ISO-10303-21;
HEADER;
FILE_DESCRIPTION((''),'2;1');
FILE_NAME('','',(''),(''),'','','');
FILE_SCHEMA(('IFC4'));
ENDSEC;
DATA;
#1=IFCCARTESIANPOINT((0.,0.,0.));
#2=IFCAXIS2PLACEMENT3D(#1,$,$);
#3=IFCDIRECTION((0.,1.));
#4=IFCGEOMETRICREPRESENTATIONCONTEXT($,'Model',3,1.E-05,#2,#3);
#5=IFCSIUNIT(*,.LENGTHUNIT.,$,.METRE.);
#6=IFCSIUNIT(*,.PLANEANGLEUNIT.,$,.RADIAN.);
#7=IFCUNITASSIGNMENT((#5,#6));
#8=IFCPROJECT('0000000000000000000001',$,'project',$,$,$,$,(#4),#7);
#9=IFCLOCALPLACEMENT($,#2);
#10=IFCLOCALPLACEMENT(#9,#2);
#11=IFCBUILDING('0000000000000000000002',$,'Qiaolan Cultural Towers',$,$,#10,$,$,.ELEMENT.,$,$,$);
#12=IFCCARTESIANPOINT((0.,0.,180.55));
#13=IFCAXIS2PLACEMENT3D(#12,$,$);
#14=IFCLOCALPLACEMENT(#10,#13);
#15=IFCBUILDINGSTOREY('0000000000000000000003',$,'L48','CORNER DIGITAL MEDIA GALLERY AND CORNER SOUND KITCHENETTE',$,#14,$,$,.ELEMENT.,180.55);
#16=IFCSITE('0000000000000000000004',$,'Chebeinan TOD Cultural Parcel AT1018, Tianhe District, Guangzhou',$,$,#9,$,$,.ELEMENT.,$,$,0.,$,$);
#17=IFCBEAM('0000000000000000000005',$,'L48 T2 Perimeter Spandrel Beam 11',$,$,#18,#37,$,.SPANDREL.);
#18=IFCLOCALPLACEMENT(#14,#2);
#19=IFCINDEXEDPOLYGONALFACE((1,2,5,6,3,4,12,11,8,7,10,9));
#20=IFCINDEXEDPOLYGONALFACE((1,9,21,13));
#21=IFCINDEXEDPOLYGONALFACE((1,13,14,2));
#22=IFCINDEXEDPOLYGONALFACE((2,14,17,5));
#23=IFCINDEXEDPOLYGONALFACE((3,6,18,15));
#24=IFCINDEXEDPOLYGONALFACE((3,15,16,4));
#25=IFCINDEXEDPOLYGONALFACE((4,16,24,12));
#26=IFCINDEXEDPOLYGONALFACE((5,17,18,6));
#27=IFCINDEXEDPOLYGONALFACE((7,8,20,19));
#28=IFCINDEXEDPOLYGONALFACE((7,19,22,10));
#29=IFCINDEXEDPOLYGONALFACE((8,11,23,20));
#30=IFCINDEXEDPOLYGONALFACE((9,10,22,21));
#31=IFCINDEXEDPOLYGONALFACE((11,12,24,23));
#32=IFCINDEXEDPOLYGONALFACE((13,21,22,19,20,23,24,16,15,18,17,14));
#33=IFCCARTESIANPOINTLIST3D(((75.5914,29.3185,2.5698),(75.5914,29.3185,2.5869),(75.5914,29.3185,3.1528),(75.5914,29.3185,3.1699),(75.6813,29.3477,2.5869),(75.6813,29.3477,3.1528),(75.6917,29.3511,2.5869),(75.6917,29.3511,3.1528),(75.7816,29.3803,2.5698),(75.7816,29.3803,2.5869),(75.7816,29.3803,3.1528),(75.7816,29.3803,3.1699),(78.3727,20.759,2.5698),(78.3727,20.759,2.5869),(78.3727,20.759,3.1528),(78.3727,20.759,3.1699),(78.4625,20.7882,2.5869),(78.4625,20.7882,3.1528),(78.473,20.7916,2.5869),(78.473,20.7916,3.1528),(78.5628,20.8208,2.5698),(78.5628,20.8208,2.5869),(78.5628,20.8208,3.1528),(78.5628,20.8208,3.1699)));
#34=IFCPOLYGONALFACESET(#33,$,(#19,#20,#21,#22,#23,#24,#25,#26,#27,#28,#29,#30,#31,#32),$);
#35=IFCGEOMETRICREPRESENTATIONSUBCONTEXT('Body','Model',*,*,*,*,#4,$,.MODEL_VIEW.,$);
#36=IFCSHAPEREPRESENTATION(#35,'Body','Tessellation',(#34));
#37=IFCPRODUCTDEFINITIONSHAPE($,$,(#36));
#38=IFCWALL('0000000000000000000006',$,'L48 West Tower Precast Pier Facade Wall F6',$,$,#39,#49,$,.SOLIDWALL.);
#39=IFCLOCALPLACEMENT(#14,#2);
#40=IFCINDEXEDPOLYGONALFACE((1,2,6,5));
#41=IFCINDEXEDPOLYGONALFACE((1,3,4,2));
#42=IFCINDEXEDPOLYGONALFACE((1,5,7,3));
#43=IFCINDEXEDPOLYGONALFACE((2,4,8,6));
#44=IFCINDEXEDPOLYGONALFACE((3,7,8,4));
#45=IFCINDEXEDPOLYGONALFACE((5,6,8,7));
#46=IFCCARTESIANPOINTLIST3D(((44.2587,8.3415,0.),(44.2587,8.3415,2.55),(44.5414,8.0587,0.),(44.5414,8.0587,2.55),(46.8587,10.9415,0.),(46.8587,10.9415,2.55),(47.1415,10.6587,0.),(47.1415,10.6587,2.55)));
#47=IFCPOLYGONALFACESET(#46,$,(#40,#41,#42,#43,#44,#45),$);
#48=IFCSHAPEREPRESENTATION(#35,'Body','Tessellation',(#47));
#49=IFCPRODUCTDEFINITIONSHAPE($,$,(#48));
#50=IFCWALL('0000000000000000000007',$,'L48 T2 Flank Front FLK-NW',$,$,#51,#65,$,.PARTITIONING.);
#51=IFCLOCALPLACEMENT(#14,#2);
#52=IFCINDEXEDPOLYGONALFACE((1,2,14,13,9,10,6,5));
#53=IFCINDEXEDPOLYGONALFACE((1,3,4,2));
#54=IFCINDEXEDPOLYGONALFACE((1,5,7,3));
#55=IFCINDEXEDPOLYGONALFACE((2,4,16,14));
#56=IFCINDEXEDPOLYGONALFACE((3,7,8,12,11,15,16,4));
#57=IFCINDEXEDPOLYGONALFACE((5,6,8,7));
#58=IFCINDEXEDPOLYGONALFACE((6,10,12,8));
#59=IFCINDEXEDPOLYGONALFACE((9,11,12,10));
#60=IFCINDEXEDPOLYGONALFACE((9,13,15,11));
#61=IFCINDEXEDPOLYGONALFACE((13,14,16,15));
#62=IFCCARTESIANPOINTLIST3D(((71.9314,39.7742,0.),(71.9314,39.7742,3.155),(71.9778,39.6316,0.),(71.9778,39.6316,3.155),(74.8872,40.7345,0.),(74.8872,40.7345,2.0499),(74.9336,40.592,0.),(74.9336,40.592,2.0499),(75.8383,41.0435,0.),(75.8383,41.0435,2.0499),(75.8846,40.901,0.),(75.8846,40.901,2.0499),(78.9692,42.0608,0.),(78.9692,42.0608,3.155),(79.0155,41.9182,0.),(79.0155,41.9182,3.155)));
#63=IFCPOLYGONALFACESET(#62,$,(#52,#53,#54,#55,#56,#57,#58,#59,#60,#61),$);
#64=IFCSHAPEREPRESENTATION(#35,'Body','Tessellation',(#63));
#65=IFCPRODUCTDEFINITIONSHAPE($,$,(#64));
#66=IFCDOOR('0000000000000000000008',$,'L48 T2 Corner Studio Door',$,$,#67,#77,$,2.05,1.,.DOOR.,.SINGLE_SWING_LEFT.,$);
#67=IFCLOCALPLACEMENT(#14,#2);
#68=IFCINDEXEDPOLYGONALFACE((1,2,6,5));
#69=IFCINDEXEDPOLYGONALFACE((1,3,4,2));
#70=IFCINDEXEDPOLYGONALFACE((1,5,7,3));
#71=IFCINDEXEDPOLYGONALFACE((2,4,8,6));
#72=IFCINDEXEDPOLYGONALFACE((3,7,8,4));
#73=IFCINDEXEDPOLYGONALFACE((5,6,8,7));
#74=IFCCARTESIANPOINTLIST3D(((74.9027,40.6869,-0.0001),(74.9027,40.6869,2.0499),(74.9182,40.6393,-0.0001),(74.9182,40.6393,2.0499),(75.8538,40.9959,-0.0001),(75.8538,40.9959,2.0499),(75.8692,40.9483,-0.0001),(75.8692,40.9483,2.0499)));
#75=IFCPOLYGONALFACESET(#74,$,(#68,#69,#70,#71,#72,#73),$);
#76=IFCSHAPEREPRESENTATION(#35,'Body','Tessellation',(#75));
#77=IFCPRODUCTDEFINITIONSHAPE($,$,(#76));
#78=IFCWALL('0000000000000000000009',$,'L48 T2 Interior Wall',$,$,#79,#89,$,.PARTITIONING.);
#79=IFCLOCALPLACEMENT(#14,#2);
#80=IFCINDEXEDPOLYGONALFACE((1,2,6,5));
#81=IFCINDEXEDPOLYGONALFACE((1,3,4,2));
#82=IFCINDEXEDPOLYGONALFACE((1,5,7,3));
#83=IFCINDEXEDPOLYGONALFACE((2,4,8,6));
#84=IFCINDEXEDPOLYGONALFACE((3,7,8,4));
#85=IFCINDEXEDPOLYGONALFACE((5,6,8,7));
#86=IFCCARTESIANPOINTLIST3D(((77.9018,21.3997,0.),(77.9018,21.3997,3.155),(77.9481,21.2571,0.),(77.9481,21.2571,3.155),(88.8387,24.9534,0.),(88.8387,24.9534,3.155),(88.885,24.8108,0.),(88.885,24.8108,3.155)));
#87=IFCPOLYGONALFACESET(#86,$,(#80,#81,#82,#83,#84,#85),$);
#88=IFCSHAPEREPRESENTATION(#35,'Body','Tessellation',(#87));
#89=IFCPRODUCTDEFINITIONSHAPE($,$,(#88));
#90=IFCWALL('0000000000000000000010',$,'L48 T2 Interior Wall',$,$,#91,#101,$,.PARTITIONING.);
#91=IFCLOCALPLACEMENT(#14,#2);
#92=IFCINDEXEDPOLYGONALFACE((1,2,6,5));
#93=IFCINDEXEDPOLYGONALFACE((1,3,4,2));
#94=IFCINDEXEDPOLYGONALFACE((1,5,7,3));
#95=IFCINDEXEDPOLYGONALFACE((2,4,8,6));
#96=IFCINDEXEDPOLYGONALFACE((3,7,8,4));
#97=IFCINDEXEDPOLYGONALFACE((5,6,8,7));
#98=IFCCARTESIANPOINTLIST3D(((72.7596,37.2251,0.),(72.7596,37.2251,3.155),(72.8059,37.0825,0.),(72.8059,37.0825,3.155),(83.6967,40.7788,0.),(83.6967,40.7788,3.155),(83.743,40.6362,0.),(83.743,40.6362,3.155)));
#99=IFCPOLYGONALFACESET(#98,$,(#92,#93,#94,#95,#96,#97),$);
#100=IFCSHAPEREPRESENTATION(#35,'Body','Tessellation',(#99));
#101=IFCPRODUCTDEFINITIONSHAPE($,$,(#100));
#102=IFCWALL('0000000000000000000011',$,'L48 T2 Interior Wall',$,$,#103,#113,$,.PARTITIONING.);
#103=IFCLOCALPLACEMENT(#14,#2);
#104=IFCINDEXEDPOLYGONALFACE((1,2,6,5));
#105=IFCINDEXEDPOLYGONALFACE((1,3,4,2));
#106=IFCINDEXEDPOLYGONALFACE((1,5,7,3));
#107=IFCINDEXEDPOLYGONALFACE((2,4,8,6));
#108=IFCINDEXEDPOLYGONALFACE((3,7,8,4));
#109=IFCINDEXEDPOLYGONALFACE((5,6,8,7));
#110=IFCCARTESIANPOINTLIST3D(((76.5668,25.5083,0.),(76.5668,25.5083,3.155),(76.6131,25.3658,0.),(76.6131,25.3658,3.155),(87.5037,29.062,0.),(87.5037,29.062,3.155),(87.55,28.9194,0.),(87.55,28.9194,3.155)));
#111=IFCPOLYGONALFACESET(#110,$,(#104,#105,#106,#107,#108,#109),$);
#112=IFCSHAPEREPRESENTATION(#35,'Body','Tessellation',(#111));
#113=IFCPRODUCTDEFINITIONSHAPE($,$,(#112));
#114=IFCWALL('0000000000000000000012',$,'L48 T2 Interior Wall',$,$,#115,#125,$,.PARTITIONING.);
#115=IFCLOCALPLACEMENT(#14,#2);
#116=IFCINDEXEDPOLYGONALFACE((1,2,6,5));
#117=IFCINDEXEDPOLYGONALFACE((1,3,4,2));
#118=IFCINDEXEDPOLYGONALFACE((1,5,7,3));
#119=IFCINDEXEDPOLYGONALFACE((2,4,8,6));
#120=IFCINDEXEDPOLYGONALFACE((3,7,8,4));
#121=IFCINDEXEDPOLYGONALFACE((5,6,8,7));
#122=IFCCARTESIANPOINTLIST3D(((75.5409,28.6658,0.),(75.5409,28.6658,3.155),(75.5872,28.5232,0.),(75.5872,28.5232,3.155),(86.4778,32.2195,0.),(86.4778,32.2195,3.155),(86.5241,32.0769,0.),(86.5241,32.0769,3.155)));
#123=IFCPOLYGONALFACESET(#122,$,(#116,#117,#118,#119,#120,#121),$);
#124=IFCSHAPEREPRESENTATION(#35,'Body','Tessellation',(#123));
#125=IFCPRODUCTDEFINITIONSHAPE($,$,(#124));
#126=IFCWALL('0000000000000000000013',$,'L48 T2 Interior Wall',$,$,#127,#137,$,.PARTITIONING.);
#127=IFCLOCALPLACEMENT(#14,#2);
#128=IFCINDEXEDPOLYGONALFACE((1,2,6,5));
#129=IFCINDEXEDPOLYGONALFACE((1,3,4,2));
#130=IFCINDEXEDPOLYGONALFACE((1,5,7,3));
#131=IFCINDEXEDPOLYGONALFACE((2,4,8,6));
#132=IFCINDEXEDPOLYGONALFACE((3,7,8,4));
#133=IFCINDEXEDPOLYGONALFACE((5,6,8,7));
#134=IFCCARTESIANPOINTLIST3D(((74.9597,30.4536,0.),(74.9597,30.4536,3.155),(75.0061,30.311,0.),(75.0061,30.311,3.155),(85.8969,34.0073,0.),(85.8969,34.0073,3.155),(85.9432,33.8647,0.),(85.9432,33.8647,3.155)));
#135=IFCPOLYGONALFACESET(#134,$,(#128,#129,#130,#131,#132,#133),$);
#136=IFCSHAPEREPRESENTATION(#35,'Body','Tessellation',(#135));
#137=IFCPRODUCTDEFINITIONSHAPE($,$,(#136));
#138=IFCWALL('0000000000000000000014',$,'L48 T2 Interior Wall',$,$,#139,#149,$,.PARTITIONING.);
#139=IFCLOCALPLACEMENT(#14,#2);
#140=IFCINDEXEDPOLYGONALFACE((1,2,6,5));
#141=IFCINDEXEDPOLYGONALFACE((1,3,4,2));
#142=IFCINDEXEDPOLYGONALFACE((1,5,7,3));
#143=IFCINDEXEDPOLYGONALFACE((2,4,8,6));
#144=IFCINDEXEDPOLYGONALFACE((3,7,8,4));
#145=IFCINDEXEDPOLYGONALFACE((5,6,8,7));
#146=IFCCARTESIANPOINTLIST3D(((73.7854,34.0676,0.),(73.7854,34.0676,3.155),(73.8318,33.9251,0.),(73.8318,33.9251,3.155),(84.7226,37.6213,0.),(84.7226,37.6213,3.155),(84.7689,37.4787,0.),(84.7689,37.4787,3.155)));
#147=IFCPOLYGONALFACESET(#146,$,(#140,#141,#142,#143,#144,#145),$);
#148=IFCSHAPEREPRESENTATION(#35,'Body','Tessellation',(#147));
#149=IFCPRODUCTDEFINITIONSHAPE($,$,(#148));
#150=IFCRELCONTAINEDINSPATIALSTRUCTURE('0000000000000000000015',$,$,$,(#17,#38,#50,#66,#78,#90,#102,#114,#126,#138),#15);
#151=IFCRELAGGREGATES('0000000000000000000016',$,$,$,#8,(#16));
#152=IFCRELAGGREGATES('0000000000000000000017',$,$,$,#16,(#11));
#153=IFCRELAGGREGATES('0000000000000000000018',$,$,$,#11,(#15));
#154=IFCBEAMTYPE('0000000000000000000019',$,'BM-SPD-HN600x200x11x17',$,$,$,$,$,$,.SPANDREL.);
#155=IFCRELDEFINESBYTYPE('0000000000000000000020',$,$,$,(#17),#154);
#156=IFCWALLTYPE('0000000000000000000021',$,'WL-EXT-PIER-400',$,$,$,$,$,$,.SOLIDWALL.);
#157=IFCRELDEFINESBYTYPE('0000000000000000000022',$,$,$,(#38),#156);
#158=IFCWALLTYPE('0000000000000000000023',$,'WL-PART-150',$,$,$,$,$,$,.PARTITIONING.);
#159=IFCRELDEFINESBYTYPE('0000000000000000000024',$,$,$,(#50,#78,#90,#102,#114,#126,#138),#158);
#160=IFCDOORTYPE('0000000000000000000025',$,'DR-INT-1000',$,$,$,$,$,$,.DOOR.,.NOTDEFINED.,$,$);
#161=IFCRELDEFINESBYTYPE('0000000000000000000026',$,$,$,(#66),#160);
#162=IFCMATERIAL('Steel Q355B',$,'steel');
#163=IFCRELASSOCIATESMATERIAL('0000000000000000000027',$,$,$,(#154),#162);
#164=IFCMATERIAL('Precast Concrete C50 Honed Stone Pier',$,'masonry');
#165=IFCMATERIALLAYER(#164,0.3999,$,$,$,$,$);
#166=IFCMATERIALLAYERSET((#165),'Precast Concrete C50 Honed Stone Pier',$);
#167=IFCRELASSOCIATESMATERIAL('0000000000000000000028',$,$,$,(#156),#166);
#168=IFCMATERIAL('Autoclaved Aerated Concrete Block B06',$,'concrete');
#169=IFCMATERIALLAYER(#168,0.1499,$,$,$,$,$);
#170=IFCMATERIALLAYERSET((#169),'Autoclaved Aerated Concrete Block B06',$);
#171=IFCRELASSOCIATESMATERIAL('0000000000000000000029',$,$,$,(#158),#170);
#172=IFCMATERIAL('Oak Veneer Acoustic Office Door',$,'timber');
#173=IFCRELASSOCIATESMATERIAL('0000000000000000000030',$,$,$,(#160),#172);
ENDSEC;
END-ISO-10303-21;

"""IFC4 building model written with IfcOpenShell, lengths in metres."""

from ifc_helpers import new_model, si_unit, direction, frame, frame_2d, origin, origin_2d, place, context, subcontext, project, spatial, rectangle, i_section, extrude, material, layer, layer_set, material_profile, profile_set, type_object, element, fill, save


model = new_model("IFC4")

# Units and contexts
model_context = context("Model", 3, precision=1e-05, world=origin(), true_north=direction((0.0, 1.0)))
body_context = subcontext(model_context, "Body", "Model", "MODEL_VIEW")
ifc_project = project(units=[si_unit("LENGTHUNIT", "METRE"), si_unit("PLANEANGLEUNIT", "RADIAN")], contexts=[model_context])

# Site, building, storey
site_placement = place(None, origin())
site = spatial("IfcSite", under=ifc_project, at=site_placement, Name="Chebeinan TOD Cultural Parcel AT1018, Tianhe District, Guangzhou", CompositionType="ELEMENT", RefElevation=0.0)
building_placement = place(site_placement, origin())
building = spatial("IfcBuilding", under=site, at=building_placement, Name="Qiaolan Cultural Towers", CompositionType="ELEMENT")
storey_placement = place(building_placement, frame((0.0, 0.0, 180.55)))
storey = spatial("IfcBuildingStorey", under=building, at=storey_placement, Name="L48", Description="CORNER DIGITAL MEDIA GALLERY AND CORNER SOUND KITCHENETTE", CompositionType="ELEMENT", Elevation=180.55)

# Beam
ifc_material_1 = material(Name="Steel Q355B", Category="steel")
ifc_material_profile_1 = material_profile(ifc_material_1, i_section(OverallWidth=0.2, OverallDepth=0.6001, WebThickness=0.011, FlangeThickness=0.0171, at=origin_2d()), Name="HN600x200x11x17")
ifc_profile_set_1 = profile_set([ifc_material_profile_1], Name="Steel Q355B")
beam_type_1 = type_object("IfcBeamType", Name="BM-SPD-HN600x200x11x17", PredefinedType="SPANDREL", material=ifc_profile_set_1)
beam_1_placement = place(storey_placement, frame((75.6865, 29.3494, 2.8699), z_axis=(0.309025, -0.951054, 0.0), x_axis=(0.951054, 0.309025, 0.0)))
element("IfcBeam", 1, at=beam_1_placement, inside=storey, type_object=beam_type_1, Name="L48 T2 Perimeter Spandrel Beam 11", PredefinedType="SPANDREL", context=body_context, shape_type="SweptSolid", body=[
    extrude(i_section(OverallWidth=0.2, OverallDepth=0.6001, WebThickness=0.011, FlangeThickness=0.0171, at=origin_2d()), origin(), (0.0, 0.0, 1.0), 9.0),
])

# Wall
ifc_material_2 = material(Name="Precast Concrete C50 Honed Stone Pier", Category="masonry")
ifc_layer_1 = layer(ifc_material_2, 0.3999)
ifc_layer_set_1 = layer_set([ifc_layer_1], Name="Precast Concrete C50 Honed Stone Pier")
wall_type_1 = type_object("IfcWallType", Name="WL-EXT-PIER-400", PredefinedType="SOLIDWALL", material=ifc_layer_set_1)
wall_1_placement = place(storey_placement, frame((47.0, 10.8, 0.0), z_axis=(0.0, 0.0, 1.0), x_axis=(-0.707107, -0.707107, 0.0)))
element("IfcWall", 2, at=wall_1_placement, inside=storey, type_object=wall_type_1, Name="L48 West Tower Precast Pier Facade Wall F6", PredefinedType="SOLIDWALL", context=body_context, shape_type="SweptSolid", body=[
    extrude(rectangle(XDim=3.677, YDim=0.3999, at=frame_2d((1.8384, 0.0))), origin(), (0.0, 0.0, 1.0), 2.55),
])

# Wall, opening, door
ifc_material_3 = material(Name="Autoclaved Aerated Concrete Block B06", Category="concrete")
ifc_layer_2 = layer(ifc_material_3, 0.1499)
ifc_layer_set_2 = layer_set([ifc_layer_2], Name="Autoclaved Aerated Concrete Block B06")
wall_type_2 = type_object("IfcWallType", Name="WL-PART-150", PredefinedType="PARTITIONING", material=ifc_layer_set_2)
wall_2_placement = place(storey_placement, frame((71.9546, 39.7029, 0.0), z_axis=(0.0, 0.0, 1.0), x_axis=(0.951061, 0.309003, 0.0)))
wall_2 = element("IfcWall", 3, at=wall_2_placement, inside=storey, type_object=wall_type_2, Name="L48 T2 Flank Front FLK-NW", PredefinedType="PARTITIONING", context=body_context, shape_type="SweptSolid", body=[
    extrude(rectangle(XDim=7.3999, YDim=0.1499, at=frame_2d((3.7, 0.0))), origin(), (0.0, 0.0, 1.0), 3.155),
])
opening_placement = place(wall_2_placement, frame((3.1079, 0.0, 0.0)))
opening = element("IfcOpeningElement", 4, at=opening_placement, cuts=wall_2, PredefinedType="OPENING", context=body_context, shape_type="SweptSolid", body=[
    extrude(rectangle(XDim=1.0, YDim=2.05, at=frame_2d((0.5, 1.0249))), frame((0.0, 0.085, 0.0), z_axis=(0.0, -1.0, 0.0), x_axis=(1.0, 0.0, 0.0)), (0.0, 0.0, 1.0), 0.1699),
])
ifc_material_4 = material(Name="Oak Veneer Acoustic Office Door", Category="timber")
door_type = type_object("IfcDoorType", Name="DR-INT-1000", OperationType="NOTDEFINED", PredefinedType="DOOR", material=ifc_material_4)
door_placement = place(opening_placement, origin())
door = element("IfcDoor", 5, at=door_placement, inside=storey, type_object=door_type, Name="L48 T2 Corner Studio Door", OperationType="SINGLE_SWING_LEFT", OverallHeight=2.05, OverallWidth=1.0, PredefinedType="DOOR", context=body_context, shape_type="SweptSolid", body=[
    extrude(rectangle(XDim=1.0, YDim=2.05, at=frame_2d((0.5, 1.0249))), frame((0.0, 0.0249, 0.0), z_axis=(0.0, -1.0, 0.0), x_axis=(1.0, 0.0, 0.0)), (0.0, 0.0, 1.0), 0.05),
])
fill(opening, door)

# Walls
wall_3_placement = place(storey_placement, frame((77.9248, 21.3284, 0.0), z_axis=(0.0, 0.0, 1.0), x_axis=(0.951055, 0.309022, 0.0)))
element("IfcWall", 6, at=wall_3_placement, inside=storey, type_object=wall_type_2, Name="L48 T2 Interior Wall", PredefinedType="PARTITIONING", context=body_context, shape_type="SweptSolid", body=[
    extrude(rectangle(XDim=11.4998, YDim=0.1499, at=frame_2d((5.75, 0.0))), origin(), (0.0, 0.0, 1.0), 3.155),
])
wall_4_placement = place(storey_placement, frame((72.7827, 37.1538, 0.0), z_axis=(0.0, 0.0, 1.0), x_axis=(0.951057, 0.309016, 0.0)))
element("IfcWall", 7, at=wall_4_placement, inside=storey, type_object=wall_type_2, Name="L48 T2 Interior Wall", PredefinedType="PARTITIONING", context=body_context, shape_type="SweptSolid", body=[
    extrude(rectangle(XDim=11.5, YDim=0.1499, at=frame_2d((5.75, 0.0))), origin(), (0.0, 0.0, 1.0), 3.155),
])
for number, where, z_axis, x_axis, name in (
    (8, (76.5898, 25.437, 0.0), (0.0, 0.0, 1.0), (0.951055, 0.309022, 0.0), "L48 T2 Interior Wall"),
    (9, (75.564, 28.5945, 0.0), (0.0, 0.0, 1.0), (0.951055, 0.309022, 0.0), "L48 T2 Interior Wall"),
):
    element("IfcWall", number, at=place(storey_placement, frame(where, z_axis=z_axis, x_axis=x_axis)), inside=storey, type_object=wall_type_2, Name=name, PredefinedType="PARTITIONING", context=body_context, shape_type="SweptSolid", body=[
        extrude(rectangle(XDim=11.4998, YDim=0.1499, at=frame_2d((5.75, 0.0))), origin(), (0.0, 0.0, 1.0), 3.155),
    ])
for number, where, z_axis, x_axis, name in (
    (10, (74.9829, 30.3823, 0.0), (0.0, 0.0, 1.0), (0.951057, 0.309016, 0.0), "L48 T2 Interior Wall"),
    (11, (73.8086, 33.9963, 0.0), (0.0, 0.0, 1.0), (0.951057, 0.309016, 0.0), "L48 T2 Interior Wall"),
):
    element("IfcWall", number, at=place(storey_placement, frame(where, z_axis=z_axis, x_axis=x_axis)), inside=storey, type_object=wall_type_2, Name=name, PredefinedType="PARTITIONING", context=body_context, shape_type="SweptSolid", body=[
        extrude(rectangle(XDim=11.5, YDim=0.1499, at=frame_2d((5.75, 0.0))), origin(), (0.0, 0.0, 1.0), 3.155),
    ])

save(model, "model.ifc")
